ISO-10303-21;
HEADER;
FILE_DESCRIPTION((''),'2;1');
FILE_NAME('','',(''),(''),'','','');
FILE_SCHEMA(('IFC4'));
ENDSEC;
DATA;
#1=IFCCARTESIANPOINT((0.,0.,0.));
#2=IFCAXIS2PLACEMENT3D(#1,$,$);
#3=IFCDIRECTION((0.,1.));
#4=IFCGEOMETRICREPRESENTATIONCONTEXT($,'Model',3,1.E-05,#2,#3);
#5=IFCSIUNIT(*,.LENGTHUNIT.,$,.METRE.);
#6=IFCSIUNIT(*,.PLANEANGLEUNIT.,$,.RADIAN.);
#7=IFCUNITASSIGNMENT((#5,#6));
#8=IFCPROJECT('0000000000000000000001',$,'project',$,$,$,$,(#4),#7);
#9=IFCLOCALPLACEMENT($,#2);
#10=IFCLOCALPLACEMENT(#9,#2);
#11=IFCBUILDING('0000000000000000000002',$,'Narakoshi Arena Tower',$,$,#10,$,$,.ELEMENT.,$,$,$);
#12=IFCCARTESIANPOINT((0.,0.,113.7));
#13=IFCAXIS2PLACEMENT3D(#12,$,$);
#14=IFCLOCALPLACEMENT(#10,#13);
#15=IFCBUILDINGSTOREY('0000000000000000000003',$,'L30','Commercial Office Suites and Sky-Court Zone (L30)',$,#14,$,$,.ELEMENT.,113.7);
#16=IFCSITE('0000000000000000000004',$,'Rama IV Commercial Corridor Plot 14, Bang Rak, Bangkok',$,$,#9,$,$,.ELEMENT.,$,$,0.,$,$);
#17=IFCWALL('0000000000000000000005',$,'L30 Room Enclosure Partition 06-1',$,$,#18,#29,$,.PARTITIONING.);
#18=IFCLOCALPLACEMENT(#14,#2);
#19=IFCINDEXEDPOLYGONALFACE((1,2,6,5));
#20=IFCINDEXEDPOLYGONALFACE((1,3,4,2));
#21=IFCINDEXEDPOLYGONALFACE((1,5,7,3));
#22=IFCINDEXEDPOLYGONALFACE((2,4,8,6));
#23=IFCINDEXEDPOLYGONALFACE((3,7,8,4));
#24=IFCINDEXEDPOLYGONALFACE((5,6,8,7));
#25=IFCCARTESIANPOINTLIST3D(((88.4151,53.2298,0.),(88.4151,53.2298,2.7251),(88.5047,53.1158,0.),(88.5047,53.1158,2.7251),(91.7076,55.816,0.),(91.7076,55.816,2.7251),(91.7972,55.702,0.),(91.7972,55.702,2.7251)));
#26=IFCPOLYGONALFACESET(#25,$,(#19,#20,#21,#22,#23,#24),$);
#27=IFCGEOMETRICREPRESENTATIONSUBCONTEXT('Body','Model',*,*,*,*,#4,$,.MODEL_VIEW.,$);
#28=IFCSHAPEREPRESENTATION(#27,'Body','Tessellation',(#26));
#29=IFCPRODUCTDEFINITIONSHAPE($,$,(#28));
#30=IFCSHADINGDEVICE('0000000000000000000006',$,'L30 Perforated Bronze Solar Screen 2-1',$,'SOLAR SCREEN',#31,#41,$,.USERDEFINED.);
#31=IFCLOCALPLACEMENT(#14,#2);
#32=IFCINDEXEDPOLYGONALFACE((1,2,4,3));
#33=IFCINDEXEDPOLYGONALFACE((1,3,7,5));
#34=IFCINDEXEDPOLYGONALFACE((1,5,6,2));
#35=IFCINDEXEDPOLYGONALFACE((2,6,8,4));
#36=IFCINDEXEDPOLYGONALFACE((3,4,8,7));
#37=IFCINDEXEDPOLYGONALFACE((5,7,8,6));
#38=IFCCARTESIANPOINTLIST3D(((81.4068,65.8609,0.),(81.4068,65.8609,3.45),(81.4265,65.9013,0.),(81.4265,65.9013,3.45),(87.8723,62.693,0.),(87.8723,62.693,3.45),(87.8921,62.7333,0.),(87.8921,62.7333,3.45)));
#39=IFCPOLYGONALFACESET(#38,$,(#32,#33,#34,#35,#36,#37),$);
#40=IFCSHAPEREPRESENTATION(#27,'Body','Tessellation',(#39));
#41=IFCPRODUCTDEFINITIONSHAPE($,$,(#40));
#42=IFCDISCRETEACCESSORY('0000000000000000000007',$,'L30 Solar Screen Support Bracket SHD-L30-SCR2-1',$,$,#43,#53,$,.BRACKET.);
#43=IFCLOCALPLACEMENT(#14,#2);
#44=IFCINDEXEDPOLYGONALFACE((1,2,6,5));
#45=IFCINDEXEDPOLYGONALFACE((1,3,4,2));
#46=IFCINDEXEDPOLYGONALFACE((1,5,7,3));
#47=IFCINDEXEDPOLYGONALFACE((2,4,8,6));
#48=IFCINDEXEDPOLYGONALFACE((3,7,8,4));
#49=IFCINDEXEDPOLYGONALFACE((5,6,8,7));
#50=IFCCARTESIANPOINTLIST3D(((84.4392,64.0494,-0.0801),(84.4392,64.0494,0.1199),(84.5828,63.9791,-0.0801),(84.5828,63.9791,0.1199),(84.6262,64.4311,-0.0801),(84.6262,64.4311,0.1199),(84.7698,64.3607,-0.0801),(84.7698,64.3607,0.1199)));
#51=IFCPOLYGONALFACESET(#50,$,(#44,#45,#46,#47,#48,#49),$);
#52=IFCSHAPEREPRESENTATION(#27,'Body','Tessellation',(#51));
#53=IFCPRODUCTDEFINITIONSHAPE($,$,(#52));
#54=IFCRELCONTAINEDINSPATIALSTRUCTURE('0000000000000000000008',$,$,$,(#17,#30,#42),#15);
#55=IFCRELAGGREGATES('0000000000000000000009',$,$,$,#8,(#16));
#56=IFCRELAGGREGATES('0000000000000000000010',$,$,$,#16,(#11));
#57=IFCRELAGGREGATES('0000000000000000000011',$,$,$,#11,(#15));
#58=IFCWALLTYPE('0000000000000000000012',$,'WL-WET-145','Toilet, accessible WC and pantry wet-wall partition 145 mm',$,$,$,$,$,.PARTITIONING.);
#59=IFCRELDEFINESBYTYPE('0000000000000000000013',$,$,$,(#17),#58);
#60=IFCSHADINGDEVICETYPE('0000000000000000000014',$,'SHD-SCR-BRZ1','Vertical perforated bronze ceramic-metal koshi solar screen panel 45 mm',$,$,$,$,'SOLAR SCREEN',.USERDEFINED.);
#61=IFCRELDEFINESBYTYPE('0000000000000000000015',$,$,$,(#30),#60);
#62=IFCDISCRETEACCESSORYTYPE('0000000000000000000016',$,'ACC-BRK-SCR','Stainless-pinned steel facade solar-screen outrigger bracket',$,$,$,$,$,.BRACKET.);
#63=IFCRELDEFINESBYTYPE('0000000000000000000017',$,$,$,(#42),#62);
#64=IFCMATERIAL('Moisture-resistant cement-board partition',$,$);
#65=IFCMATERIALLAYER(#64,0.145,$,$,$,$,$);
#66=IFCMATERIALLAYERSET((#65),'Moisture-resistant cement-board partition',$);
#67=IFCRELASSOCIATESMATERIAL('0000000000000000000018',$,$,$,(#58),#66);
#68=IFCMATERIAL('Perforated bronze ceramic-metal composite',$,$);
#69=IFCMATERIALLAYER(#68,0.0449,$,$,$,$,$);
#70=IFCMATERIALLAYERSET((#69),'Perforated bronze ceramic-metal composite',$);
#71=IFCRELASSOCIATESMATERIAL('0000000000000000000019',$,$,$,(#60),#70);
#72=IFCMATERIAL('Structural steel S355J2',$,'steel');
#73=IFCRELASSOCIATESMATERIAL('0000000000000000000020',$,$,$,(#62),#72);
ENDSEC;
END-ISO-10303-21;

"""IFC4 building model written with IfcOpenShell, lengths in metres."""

from ifc_helpers import new_model, si_unit, direction, frame, frame_2d, origin, origin_2d, place, context, subcontext, project, spatial, rectangle, extrude, material, layer, layer_set, type_object, element, save


model = new_model("IFC4")

# Units and contexts
model_context = context("Model", 3, precision=1e-05, world=origin(), true_north=direction((0.0, 1.0)))
body_context = subcontext(model_context, "Body", "Model", "MODEL_VIEW")
ifc_project = project(units=[si_unit("LENGTHUNIT", "METRE"), si_unit("PLANEANGLEUNIT", "RADIAN")], contexts=[model_context])

# Site, building, storey
site_placement = place(None, origin())
site = spatial("IfcSite", under=ifc_project, at=site_placement, Name="Rama IV Commercial Corridor Plot 14, Bang Rak, Bangkok", CompositionType="ELEMENT", RefElevation=0.0)
building_placement = place(site_placement, origin())
building = spatial("IfcBuilding", under=site, at=building_placement, Name="Narakoshi Arena Tower", CompositionType="ELEMENT")
storey_placement = place(building_placement, frame((0.0, 0.0, 113.7)))
storey = spatial("IfcBuildingStorey", under=building, at=storey_placement, Name="L30", Description="Commercial Office Suites and Sky-Court Zone (L30)", CompositionType="ELEMENT", Elevation=113.7)

# Shared definitions
ifc_material_1 = material(Name="Structural steel S355J2", Category="steel")

# Shared definitions
ifc_material_2 = material(Name="Moisture-resistant cement-board partition")
ifc_layer_1 = layer(ifc_material_2, 0.145)
ifc_layer_set_1 = layer_set([ifc_layer_1], Name="Moisture-resistant cement-board partition")
wall_type_1 = type_object("IfcWallType", Name="WL-WET-145", Description="Toilet, accessible WC and pantry wet-wall partition 145 mm", PredefinedType="PARTITIONING", material=ifc_layer_set_1)

# Wall
wall_1_placement = place(storey_placement, frame((88.46, 53.1729, 0.0), z_axis=(0.0, 0.0, 1.0), x_axis=(0.786407, 0.617708, 0.0)))
element("IfcWall", 1, at=wall_1_placement, inside=storey, type_object=wall_type_1, Name="L30 Room Enclosure Partition 06-1", PredefinedType="PARTITIONING", context=body_context, shape_type="SweptSolid", body=[
    extrude(rectangle(XDim=4.1868, YDim=0.145, at=frame_2d((2.0933, 0.0))), origin(), (0.0, 0.0, 1.0), 2.7251),
])

# Shading device
ifc_material_3 = material(Name="Perforated bronze ceramic-metal composite")
ifc_layer_2 = layer(ifc_material_3, 0.0449)
ifc_layer_set_2 = layer_set([ifc_layer_2], Name="Perforated bronze ceramic-metal composite")
shading_device_type = type_object("IfcShadingDeviceType", Name="SHD-SCR-BRZ1", Description="Vertical perforated bronze ceramic-metal koshi solar screen panel 45 mm", ElementType="SOLAR SCREEN", PredefinedType="USERDEFINED", material=ifc_layer_set_2)
shading_device_placement = place(storey_placement, frame((84.6494, 64.2971, 0.0), z_axis=(0.0, 0.0, 1.0), x_axis=(-0.897997, 0.440002, 0.0)))
element("IfcShadingDevice", 2, at=shading_device_placement, inside=storey, type_object=shading_device_type, Name="L30 Perforated Bronze Solar Screen 2-1", ObjectType="SOLAR SCREEN", PredefinedType="USERDEFINED", context=body_context, shape_type="SweptSolid", body=[
    extrude(rectangle(XDim=7.2, YDim=0.0449, at=origin_2d()), origin(), (0.0, 0.0, 1.0), 3.45),
])

# Discrete accessory
discrete_accessory_type = type_object("IfcDiscreteAccessoryType", Name="ACC-BRK-SCR", Description="Stainless-pinned steel facade solar-screen outrigger bracket", PredefinedType="BRACKET", material=ifc_material_1)
discrete_accessory_placement = place(storey_placement, frame((84.6045, 64.2051, -0.0801), z_axis=(0.0, 0.0, 1.0), x_axis=(-0.897997, 0.440002, 0.0)))
element("IfcDiscreteAccessory", 3, at=discrete_accessory_placement, inside=storey, type_object=discrete_accessory_type, Name="L30 Solar Screen Support Bracket SHD-L30-SCR2-1", PredefinedType="BRACKET", context=body_context, shape_type="SweptSolid", body=[
    extrude(rectangle(XDim=0.1599, YDim=0.425, at=origin_2d()), origin(), (0.0, 0.0, 1.0), 0.2),
])

save(model, "model.ifc")
